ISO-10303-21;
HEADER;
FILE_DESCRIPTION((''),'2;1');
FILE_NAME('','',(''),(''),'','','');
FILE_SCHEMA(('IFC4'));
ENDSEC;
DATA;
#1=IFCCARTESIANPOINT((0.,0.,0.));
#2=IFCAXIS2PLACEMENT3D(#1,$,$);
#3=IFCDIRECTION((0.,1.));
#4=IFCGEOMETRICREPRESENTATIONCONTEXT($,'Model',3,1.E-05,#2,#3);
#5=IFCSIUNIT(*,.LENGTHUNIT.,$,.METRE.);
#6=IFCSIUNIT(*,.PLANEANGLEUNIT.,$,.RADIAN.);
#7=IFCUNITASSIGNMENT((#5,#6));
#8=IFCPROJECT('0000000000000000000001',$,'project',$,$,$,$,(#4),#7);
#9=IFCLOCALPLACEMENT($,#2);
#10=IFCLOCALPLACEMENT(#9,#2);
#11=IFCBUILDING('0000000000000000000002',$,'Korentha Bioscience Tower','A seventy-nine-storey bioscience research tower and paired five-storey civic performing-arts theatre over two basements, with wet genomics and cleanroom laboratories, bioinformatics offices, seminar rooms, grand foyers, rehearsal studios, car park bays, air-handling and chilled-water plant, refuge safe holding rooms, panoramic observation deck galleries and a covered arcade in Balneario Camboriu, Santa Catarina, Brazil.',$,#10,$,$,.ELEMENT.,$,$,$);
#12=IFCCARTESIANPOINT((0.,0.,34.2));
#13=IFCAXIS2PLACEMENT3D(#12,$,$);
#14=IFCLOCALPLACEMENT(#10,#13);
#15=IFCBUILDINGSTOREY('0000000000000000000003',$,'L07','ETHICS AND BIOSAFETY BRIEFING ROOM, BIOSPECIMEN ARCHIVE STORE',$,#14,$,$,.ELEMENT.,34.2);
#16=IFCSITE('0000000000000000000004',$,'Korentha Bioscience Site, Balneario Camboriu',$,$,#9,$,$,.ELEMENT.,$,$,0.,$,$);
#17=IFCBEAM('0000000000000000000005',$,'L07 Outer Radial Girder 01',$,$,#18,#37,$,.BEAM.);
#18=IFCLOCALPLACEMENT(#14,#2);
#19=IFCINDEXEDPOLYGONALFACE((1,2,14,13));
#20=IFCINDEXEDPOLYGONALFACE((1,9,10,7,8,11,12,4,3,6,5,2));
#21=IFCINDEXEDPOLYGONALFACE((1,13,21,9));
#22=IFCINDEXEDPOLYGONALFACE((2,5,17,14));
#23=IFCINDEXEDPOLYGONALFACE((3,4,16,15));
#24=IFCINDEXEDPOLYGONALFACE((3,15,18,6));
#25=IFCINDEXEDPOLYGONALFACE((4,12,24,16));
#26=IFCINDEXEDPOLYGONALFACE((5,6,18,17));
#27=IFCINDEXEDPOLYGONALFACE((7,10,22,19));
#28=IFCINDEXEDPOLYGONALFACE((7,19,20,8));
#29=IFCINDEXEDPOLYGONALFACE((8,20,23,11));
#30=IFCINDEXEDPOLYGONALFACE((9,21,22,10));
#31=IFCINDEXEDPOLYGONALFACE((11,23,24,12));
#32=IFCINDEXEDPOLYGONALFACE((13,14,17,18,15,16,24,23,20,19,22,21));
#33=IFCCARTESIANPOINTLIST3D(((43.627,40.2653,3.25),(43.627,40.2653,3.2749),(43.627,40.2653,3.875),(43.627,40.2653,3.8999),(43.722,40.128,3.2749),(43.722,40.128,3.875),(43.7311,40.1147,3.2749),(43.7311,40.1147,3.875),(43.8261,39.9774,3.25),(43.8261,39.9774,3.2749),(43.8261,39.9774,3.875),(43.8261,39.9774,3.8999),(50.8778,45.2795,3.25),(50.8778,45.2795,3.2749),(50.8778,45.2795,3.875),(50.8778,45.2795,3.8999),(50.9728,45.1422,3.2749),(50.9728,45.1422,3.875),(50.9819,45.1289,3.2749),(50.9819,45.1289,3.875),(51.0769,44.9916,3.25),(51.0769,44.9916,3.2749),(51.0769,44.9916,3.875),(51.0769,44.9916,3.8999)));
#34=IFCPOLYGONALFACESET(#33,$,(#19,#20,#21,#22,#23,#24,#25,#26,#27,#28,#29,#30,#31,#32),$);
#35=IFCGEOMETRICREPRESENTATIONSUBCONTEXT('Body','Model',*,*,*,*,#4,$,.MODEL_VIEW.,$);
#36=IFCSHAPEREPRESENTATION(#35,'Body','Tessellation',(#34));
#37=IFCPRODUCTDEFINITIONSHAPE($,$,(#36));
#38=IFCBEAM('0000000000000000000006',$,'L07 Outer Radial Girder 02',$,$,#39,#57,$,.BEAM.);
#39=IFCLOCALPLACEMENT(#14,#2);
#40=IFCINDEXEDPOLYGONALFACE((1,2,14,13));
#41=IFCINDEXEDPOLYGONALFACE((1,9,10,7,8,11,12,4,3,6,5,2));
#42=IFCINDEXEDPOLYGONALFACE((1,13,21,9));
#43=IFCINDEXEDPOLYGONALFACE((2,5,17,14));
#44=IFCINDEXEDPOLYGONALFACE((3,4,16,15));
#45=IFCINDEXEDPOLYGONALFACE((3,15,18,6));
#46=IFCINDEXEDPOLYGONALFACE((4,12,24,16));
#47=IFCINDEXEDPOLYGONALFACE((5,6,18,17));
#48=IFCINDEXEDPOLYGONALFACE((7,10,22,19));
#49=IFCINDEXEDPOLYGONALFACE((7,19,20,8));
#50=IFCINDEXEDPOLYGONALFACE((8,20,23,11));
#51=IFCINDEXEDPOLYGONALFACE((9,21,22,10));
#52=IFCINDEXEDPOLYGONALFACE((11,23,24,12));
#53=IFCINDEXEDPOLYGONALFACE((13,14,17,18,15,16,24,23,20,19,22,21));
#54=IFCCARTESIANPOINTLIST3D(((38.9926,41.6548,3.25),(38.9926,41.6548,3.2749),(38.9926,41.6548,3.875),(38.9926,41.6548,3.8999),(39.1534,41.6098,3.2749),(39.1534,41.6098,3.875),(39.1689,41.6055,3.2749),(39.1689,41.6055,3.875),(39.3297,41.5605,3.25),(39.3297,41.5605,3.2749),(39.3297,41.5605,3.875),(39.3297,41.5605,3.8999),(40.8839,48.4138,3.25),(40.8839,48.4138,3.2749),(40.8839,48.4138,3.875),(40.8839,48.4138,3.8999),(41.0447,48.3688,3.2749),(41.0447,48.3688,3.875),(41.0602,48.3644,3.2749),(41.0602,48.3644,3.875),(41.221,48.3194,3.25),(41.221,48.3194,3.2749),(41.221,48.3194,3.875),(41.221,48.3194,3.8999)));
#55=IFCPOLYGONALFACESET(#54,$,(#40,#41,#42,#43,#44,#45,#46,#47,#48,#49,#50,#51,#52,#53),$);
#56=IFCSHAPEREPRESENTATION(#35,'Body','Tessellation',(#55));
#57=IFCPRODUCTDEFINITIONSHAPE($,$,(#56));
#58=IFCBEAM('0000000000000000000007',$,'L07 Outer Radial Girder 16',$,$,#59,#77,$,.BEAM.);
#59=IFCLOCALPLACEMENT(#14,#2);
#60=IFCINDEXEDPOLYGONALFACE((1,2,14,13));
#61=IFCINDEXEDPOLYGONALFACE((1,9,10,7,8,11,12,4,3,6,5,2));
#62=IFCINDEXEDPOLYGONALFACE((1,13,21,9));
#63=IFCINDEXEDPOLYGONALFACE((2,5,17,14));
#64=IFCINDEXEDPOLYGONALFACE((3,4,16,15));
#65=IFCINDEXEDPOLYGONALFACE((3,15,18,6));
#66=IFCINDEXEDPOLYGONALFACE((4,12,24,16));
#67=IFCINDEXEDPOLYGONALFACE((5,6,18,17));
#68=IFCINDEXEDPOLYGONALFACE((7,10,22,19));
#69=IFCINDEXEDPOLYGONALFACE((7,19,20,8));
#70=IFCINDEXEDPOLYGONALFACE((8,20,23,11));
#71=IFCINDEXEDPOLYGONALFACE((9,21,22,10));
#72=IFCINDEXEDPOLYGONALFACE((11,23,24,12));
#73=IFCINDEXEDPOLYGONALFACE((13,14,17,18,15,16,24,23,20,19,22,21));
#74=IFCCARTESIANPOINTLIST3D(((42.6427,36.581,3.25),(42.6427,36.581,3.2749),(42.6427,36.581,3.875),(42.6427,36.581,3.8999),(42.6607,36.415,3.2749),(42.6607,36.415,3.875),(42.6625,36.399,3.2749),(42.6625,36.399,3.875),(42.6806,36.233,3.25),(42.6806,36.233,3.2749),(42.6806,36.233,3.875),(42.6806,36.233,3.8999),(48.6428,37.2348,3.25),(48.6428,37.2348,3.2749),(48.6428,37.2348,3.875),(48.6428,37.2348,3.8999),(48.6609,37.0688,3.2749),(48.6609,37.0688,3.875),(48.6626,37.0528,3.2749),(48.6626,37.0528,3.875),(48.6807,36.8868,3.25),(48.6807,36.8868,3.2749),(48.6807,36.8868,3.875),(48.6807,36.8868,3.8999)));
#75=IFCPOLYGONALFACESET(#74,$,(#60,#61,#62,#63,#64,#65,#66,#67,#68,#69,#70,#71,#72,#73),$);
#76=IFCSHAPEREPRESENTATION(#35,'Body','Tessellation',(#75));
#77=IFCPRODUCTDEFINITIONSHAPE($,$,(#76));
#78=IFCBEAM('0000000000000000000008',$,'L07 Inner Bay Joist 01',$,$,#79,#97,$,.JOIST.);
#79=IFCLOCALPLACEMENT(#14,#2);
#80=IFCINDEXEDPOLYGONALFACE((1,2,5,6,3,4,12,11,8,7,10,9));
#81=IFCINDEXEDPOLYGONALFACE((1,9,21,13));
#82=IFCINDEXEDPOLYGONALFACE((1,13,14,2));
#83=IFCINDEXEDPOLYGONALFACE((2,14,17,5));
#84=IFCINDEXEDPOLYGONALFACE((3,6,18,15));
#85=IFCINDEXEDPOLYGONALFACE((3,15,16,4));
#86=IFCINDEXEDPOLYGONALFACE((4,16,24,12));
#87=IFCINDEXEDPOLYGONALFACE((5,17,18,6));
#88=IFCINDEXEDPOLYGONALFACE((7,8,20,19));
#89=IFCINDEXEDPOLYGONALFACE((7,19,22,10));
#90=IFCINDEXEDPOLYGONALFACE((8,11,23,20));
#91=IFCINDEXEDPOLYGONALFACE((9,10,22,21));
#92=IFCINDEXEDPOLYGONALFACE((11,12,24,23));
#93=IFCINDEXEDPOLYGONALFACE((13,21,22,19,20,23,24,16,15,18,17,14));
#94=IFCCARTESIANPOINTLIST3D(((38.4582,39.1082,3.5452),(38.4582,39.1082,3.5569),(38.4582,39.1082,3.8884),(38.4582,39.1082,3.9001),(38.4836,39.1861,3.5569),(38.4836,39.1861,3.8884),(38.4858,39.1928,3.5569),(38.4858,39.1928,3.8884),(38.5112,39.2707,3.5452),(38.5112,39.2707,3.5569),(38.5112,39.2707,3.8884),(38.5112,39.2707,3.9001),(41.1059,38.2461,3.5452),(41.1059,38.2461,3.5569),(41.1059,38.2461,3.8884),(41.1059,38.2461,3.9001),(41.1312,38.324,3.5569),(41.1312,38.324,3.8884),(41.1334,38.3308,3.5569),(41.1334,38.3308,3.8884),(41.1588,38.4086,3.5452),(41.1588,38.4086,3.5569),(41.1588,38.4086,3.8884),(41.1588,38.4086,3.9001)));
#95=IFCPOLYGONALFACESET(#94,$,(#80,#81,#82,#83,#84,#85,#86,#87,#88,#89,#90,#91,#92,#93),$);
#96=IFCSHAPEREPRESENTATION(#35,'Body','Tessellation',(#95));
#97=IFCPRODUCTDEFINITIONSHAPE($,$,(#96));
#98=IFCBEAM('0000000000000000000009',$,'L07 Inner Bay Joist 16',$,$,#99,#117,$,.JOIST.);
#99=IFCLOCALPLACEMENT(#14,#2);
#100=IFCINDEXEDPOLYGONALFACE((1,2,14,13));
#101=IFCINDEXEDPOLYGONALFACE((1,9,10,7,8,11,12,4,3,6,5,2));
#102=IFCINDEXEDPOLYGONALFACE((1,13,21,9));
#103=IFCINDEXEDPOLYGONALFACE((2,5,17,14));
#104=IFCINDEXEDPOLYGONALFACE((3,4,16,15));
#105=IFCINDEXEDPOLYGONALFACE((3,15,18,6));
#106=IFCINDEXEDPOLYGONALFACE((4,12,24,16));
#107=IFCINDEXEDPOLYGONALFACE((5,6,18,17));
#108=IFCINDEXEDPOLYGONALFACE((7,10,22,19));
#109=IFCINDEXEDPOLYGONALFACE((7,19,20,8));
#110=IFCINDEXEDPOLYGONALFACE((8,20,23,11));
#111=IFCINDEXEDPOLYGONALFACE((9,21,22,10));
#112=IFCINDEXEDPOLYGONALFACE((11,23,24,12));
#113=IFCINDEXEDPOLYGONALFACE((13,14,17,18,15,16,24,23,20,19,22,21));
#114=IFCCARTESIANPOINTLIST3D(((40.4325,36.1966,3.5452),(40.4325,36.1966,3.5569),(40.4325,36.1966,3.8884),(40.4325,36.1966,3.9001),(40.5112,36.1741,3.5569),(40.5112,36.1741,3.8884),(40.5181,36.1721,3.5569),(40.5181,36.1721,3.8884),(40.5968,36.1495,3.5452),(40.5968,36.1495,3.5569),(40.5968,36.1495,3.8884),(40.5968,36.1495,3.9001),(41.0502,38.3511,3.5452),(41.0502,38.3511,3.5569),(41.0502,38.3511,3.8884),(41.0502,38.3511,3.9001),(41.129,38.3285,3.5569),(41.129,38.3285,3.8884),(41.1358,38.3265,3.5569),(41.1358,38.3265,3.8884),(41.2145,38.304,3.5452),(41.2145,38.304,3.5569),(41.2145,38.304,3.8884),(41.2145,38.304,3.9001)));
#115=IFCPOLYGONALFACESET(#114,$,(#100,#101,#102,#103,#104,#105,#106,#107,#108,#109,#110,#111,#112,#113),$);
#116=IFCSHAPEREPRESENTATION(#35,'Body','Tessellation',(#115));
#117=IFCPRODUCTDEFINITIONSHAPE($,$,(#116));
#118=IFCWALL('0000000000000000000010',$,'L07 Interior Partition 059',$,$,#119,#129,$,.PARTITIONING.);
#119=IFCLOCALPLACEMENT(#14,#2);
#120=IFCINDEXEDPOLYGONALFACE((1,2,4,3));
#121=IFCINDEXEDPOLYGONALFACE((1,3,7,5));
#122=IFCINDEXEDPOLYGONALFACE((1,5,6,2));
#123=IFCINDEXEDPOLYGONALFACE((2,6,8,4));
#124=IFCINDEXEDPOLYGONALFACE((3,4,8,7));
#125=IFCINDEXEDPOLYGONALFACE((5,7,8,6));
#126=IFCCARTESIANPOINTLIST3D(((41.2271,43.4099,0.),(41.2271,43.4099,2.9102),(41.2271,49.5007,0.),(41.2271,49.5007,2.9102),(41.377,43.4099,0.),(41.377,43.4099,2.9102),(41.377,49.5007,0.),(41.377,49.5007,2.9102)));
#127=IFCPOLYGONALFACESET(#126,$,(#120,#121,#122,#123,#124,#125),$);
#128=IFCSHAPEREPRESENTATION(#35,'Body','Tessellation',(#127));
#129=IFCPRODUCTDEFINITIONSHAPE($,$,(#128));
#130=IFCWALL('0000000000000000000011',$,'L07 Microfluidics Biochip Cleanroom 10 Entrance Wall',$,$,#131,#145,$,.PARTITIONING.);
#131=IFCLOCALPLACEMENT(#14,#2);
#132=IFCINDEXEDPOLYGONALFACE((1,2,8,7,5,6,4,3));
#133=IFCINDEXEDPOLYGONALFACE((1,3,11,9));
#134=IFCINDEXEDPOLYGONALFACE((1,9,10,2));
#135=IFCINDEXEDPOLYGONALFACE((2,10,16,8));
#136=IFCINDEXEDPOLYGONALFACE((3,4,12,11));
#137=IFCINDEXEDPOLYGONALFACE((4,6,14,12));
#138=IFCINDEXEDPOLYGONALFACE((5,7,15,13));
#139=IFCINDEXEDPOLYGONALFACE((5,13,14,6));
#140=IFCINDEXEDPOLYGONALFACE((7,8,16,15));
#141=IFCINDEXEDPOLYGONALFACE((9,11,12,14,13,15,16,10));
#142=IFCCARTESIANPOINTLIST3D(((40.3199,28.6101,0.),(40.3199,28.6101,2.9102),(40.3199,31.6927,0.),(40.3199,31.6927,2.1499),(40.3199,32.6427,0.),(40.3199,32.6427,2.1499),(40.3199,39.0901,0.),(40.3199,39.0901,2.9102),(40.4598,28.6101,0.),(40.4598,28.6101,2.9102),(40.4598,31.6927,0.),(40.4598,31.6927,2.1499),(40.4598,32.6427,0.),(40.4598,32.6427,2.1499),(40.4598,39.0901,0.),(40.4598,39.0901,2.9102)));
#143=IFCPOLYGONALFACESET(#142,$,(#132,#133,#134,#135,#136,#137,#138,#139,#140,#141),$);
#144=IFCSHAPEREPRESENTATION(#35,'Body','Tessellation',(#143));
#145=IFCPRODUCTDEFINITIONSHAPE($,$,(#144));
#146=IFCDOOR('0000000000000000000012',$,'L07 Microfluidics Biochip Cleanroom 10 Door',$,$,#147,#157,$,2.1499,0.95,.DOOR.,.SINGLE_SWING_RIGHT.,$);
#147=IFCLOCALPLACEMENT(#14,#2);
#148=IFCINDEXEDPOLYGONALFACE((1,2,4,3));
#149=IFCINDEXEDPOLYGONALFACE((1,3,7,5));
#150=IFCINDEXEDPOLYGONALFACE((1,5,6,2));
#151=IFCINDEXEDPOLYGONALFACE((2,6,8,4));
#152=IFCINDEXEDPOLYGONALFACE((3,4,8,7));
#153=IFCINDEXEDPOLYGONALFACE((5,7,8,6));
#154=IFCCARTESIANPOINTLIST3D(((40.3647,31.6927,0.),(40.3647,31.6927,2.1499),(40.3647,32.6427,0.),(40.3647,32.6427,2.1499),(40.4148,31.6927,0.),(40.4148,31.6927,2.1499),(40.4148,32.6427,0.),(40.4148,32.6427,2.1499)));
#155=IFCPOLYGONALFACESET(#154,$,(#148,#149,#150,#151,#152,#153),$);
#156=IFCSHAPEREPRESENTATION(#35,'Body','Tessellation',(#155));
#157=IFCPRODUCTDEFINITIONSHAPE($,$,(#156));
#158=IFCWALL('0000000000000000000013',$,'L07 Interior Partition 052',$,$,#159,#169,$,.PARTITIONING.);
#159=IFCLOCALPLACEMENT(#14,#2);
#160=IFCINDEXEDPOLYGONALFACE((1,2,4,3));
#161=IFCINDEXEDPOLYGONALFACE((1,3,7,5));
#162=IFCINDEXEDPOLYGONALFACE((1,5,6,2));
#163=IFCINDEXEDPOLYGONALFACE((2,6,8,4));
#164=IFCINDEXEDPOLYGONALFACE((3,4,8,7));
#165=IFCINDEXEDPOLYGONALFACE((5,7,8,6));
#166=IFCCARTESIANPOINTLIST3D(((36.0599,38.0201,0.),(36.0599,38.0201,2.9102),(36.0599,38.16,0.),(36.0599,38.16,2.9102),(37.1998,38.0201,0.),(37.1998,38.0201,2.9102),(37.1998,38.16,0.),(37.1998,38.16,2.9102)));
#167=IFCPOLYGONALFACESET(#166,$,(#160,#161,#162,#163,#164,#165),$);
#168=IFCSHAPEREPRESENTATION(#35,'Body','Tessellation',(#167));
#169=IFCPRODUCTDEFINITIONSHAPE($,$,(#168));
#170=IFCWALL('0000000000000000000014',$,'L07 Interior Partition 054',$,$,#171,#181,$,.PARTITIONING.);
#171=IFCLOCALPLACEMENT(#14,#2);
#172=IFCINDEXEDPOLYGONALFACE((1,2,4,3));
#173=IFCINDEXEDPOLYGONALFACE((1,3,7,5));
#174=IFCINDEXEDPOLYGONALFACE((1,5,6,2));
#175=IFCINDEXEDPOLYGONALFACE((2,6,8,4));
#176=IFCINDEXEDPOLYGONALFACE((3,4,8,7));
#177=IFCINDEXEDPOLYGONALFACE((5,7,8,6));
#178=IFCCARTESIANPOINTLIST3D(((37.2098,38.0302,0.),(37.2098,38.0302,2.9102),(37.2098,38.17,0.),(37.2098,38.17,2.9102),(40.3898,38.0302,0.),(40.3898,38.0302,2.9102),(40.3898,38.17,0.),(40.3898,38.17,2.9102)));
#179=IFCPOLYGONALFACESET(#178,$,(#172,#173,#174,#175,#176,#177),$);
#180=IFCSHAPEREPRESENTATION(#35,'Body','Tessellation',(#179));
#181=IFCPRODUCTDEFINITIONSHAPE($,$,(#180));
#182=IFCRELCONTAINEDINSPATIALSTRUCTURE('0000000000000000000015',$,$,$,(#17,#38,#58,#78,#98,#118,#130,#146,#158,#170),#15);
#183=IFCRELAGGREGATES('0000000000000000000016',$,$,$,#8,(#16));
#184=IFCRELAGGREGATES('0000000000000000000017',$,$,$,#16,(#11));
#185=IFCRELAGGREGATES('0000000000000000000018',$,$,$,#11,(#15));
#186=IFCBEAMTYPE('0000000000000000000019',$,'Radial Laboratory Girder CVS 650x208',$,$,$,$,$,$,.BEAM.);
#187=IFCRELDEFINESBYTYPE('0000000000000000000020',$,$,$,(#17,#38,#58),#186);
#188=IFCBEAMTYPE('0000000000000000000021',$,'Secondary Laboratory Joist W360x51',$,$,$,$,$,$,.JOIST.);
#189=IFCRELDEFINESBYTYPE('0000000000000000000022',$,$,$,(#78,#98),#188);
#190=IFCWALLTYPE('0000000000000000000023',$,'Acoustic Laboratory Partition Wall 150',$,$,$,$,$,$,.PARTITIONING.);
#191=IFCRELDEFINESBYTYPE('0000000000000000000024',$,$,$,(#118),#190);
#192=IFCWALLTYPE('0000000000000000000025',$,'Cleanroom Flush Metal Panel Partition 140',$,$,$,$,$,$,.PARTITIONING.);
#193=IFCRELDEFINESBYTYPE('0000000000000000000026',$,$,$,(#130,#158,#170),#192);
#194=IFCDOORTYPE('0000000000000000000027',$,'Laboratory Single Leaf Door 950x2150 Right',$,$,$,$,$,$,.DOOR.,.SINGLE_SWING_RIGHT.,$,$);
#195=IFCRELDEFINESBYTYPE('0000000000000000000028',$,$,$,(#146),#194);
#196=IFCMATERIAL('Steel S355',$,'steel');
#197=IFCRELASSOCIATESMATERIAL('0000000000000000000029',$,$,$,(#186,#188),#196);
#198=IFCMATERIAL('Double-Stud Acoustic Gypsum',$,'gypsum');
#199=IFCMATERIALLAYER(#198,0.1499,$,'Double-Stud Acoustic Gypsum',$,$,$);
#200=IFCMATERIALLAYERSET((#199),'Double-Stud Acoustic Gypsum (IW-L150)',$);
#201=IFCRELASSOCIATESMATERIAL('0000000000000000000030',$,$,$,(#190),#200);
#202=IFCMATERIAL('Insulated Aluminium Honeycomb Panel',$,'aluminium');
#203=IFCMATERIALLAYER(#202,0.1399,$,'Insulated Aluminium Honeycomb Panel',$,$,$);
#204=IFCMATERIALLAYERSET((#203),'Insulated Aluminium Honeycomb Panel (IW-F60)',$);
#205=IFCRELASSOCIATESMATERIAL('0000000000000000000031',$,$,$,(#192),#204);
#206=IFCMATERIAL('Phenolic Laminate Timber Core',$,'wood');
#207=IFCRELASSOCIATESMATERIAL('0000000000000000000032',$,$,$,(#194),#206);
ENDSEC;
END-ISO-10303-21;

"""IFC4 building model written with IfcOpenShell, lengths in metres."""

from ifc_helpers import new_model, si_unit, direction, frame, frame_2d, origin, origin_2d, place, context, subcontext, project, spatial, rectangle, i_section, extrude, material, layer, layer_set, material_profile, profile_set, type_object, element, fill, save


model = new_model("IFC4")

# Units and contexts
model_context = context("Model", 3, precision=1e-05, world=origin(), true_north=direction((0.0, 1.0)))
body_context = subcontext(model_context, "Body", "Model", "MODEL_VIEW")
ifc_project = project(units=[si_unit("LENGTHUNIT", "METRE"), si_unit("PLANEANGLEUNIT", "RADIAN")], contexts=[model_context])

# Site, building, storey
site_placement = place(None, origin())
site = spatial("IfcSite", under=ifc_project, at=site_placement, Name="Korentha Bioscience Site, Balneario Camboriu", CompositionType="ELEMENT", RefElevation=0.0)
building_placement = place(site_placement, origin())
building = spatial("IfcBuilding", under=site, at=building_placement, Name="Korentha Bioscience Tower", Description="A seventy-nine-storey bioscience research tower and paired five-storey civic performing-arts theatre over two basements, with wet genomics and cleanroom laboratories, bioinformatics offices, seminar rooms, grand foyers, rehearsal studios, car park bays, air-handling and chilled-water plant, refuge safe holding rooms, panoramic observation deck galleries and a covered arcade in Balneario Camboriu, Santa Catarina, Brazil.", CompositionType="ELEMENT")
storey_placement = place(building_placement, frame((0.0, 0.0, 34.2)))
storey = spatial("IfcBuildingStorey", under=building, at=storey_placement, Name="L07", Description="ETHICS AND BIOSAFETY BRIEFING ROOM, BIOSPECIMEN ARCHIVE STORE", CompositionType="ELEMENT", Elevation=34.2)

# Beams
ifc_material_1 = material(Name="Steel S355", Category="steel")
ifc_material_profile_1 = material_profile(ifc_material_1, i_section(OverallWidth=0.3501, OverallDepth=0.6499, WebThickness=0.0161, FlangeThickness=0.0249, at=origin_2d()), Name="Steel S355")
ifc_profile_set_1 = profile_set([ifc_material_profile_1], Name="Steel S355 (RB-650)")
beam_type_1 = type_object("IfcBeamType", Name="Radial Laboratory Girder CVS 650x208", PredefinedType="BEAM", material=ifc_profile_set_1)
beam_1_placement = place(storey_placement, frame((43.7266, 40.1213, 3.575), z_axis=(0.822488, 0.568782, 0.0), x_axis=(-0.568782, 0.822488, 0.0)))
element("IfcBeam", 1, at=beam_1_placement, inside=storey, type_object=beam_type_1, Name="L07 Outer Radial Girder 01", PredefinedType="BEAM", context=body_context, shape_type="SweptSolid", body=[
    extrude(i_section(OverallWidth=0.3501, OverallDepth=0.6499, WebThickness=0.0161, FlangeThickness=0.0249, at=origin_2d()), origin(), (0.0, 0.0, 1.0), 8.8157),
])
beam_2_placement = place(storey_placement, frame((39.1611, 41.6077, 3.575), z_axis=(0.269475, 0.963007, 0.0), x_axis=(-0.963007, 0.269475, 0.0)))
element("IfcBeam", 2, at=beam_2_placement, inside=storey, type_object=beam_type_1, Name="L07 Outer Radial Girder 02", PredefinedType="BEAM", context=body_context, shape_type="SweptSolid", body=[
    extrude(i_section(OverallWidth=0.3501, OverallDepth=0.6499, WebThickness=0.0161, FlangeThickness=0.0249, at=origin_2d()), origin(), (0.0, 0.0, 1.0), 7.0186),
])
beam_3_placement = place(storey_placement, frame((42.6616, 36.407, 3.575), z_axis=(0.994116, 0.108323, 0.0), x_axis=(-0.108323, 0.994116, 0.0)))
element("IfcBeam", 3, at=beam_3_placement, inside=storey, type_object=beam_type_1, Name="L07 Outer Radial Girder 16", PredefinedType="BEAM", context=body_context, shape_type="SweptSolid", body=[
    extrude(i_section(OverallWidth=0.3501, OverallDepth=0.6499, WebThickness=0.0161, FlangeThickness=0.0249, at=origin_2d()), origin(), (0.0, 0.0, 1.0), 6.0356),
])
ifc_material_profile_2 = material_profile(ifc_material_1, i_section(OverallWidth=0.1709, OverallDepth=0.355, WebThickness=0.0071, FlangeThickness=0.0117, at=origin_2d()), Name="Steel S355")
ifc_profile_set_2 = profile_set([ifc_material_profile_2], Name="Steel S355 (JB-360)")
beam_type_2 = type_object("IfcBeamType", Name="Secondary Laboratory Joist W360x51", PredefinedType="JOIST", material=ifc_profile_set_2)
beam_4_placement = place(storey_placement, frame((41.1323, 38.3274, 3.7227), z_axis=(-0.95087, 0.309592, 0.0), x_axis=(-0.309592, -0.95087, 0.0)))
element("IfcBeam", 4, at=beam_4_placement, inside=storey, type_object=beam_type_2, Name="L07 Inner Bay Joist 01", PredefinedType="JOIST", context=body_context, shape_type="SweptSolid", body=[
    extrude(i_section(OverallWidth=0.1709, OverallDepth=0.355, WebThickness=0.0071, FlangeThickness=0.0117, at=origin_2d()), origin(), (0.0, 0.0, 1.0), 2.7844),
])
beam_5_placement = place(storey_placement, frame((40.5146, 36.1731, 3.7227), z_axis=(0.275613, 0.961269, 0.0), x_axis=(-0.961269, 0.275613, 0.0)))
element("IfcBeam", 5, at=beam_5_placement, inside=storey, type_object=beam_type_2, Name="L07 Inner Bay Joist 16", PredefinedType="JOIST", context=body_context, shape_type="SweptSolid", body=[
    extrude(i_section(OverallWidth=0.1709, OverallDepth=0.355, WebThickness=0.0071, FlangeThickness=0.0117, at=origin_2d()), origin(), (0.0, 0.0, 1.0), 2.2412),
])

# Wall
ifc_material_2 = material(Name="Double-Stud Acoustic Gypsum", Category="gypsum")
ifc_layer_1 = layer(ifc_material_2, 0.1499, Name="Double-Stud Acoustic Gypsum")
ifc_layer_set_1 = layer_set([ifc_layer_1], Name="Double-Stud Acoustic Gypsum (IW-L150)")
wall_type_1 = type_object("IfcWallType", Name="Acoustic Laboratory Partition Wall 150", PredefinedType="PARTITIONING", material=ifc_layer_set_1)
wall_1_placement = place(storey_placement, frame((41.302, 43.4099, 0.0), z_axis=(0.0, 0.0, 1.0), x_axis=(0.0, 1.0, 0.0)))
element("IfcWall", 6, at=wall_1_placement, inside=storey, type_object=wall_type_1, Name="L07 Interior Partition 059", PredefinedType="PARTITIONING", context=body_context, shape_type="SweptSolid", body=[
    extrude(rectangle(XDim=6.0908, YDim=0.1499, at=frame_2d((3.0454, 0.0))), origin(), (0.0, 0.0, 1.0), 2.9102),
])

# Wall, opening, door
ifc_material_3 = material(Name="Insulated Aluminium Honeycomb Panel", Category="aluminium")
ifc_layer_2 = layer(ifc_material_3, 0.1399, Name="Insulated Aluminium Honeycomb Panel")
ifc_layer_set_2 = layer_set([ifc_layer_2], Name="Insulated Aluminium Honeycomb Panel (IW-F60)")
wall_type_2 = type_object("IfcWallType", Name="Cleanroom Flush Metal Panel Partition 140", PredefinedType="PARTITIONING", material=ifc_layer_set_2)
wall_2_placement = place(storey_placement, frame((40.3899, 39.0901, 0.0), z_axis=(0.0, 0.0, 1.0), x_axis=(0.0, -1.0, 0.0)))
wall_2 = element("IfcWall", 7, at=wall_2_placement, inside=storey, type_object=wall_type_2, Name="L07 Microfluidics Biochip Cleanroom 10 Entrance Wall", PredefinedType="PARTITIONING", context=body_context, shape_type="SweptSolid", body=[
    extrude(rectangle(XDim=10.48, YDim=0.1399, at=frame_2d((5.24, 0.0))), origin(), (0.0, 0.0, 1.0), 2.9102),
])
opening_1_placement = place(wall_2_placement, frame((6.4473, 0.0, 0.0)))
opening_1 = element("IfcOpeningElement", 8, at=opening_1_placement, cuts=wall_2, PredefinedType="OPENING", context=body_context, shape_type="SweptSolid", body=[
    extrude(rectangle(XDim=0.95, YDim=2.1499, at=frame_2d((0.4751, 1.075))), frame((0.0, 0.085, 0.0), z_axis=(0.0, -1.0, 0.0), x_axis=(1.0, 0.0, 0.0)), (0.0, 0.0, 1.0), 0.1697),
])
ifc_material_4 = material(Name="Phenolic Laminate Timber Core", Category="wood")
door_type_1 = type_object("IfcDoorType", Name="Laboratory Single Leaf Door 950x2150 Right", OperationType="SINGLE_SWING_RIGHT", PredefinedType="DOOR", material=ifc_material_4)
door_1_placement = place(opening_1_placement, origin())
door_1 = element("IfcDoor", 9, at=door_1_placement, inside=storey, type_object=door_type_1, Name="L07 Microfluidics Biochip Cleanroom 10 Door", OperationType="SINGLE_SWING_RIGHT", OverallHeight=2.1499, OverallWidth=0.95, PredefinedType="DOOR", context=body_context, shape_type="SweptSolid", body=[
    extrude(rectangle(XDim=0.95, YDim=2.1499, at=frame_2d((0.4751, 1.075))), frame((0.0, 0.0249, 0.0), z_axis=(0.0, -1.0, 0.0), x_axis=(1.0, 0.0, 0.0)), (0.0, 0.0, 1.0), 0.05),
])
fill(opening_1, door_1)

# Walls
wall_3_placement = place(storey_placement, frame((36.0601, 38.0901, 0.0), z_axis=(0.0, 0.0, 1.0), x_axis=(1.0, 0.0, 0.0)))
element("IfcWall", 10, at=wall_3_placement, inside=storey, type_object=wall_type_2, Name="L07 Interior Partition 052", PredefinedType="PARTITIONING", context=body_context, shape_type="SweptSolid", body=[
    extrude(rectangle(XDim=1.1399, YDim=0.1399, at=frame_2d((0.5698, 0.0))), origin(), (0.0, 0.0, 1.0), 2.9102),
])
wall_4_placement = place(storey_placement, frame((37.21, 38.1001, 0.0), z_axis=(0.0, 0.0, 1.0), x_axis=(1.0, 0.0, 0.0)))
element("IfcWall", 11, at=wall_4_placement, inside=storey, type_object=wall_type_2, Name="L07 Interior Partition 054", PredefinedType="PARTITIONING", context=body_context, shape_type="SweptSolid", body=[
    extrude(rectangle(XDim=3.1799, YDim=0.1399, at=frame_2d((1.5898, 0.0))), origin(), (0.0, 0.0, 1.0), 2.9102),
])

save(model, "model.ifc")
